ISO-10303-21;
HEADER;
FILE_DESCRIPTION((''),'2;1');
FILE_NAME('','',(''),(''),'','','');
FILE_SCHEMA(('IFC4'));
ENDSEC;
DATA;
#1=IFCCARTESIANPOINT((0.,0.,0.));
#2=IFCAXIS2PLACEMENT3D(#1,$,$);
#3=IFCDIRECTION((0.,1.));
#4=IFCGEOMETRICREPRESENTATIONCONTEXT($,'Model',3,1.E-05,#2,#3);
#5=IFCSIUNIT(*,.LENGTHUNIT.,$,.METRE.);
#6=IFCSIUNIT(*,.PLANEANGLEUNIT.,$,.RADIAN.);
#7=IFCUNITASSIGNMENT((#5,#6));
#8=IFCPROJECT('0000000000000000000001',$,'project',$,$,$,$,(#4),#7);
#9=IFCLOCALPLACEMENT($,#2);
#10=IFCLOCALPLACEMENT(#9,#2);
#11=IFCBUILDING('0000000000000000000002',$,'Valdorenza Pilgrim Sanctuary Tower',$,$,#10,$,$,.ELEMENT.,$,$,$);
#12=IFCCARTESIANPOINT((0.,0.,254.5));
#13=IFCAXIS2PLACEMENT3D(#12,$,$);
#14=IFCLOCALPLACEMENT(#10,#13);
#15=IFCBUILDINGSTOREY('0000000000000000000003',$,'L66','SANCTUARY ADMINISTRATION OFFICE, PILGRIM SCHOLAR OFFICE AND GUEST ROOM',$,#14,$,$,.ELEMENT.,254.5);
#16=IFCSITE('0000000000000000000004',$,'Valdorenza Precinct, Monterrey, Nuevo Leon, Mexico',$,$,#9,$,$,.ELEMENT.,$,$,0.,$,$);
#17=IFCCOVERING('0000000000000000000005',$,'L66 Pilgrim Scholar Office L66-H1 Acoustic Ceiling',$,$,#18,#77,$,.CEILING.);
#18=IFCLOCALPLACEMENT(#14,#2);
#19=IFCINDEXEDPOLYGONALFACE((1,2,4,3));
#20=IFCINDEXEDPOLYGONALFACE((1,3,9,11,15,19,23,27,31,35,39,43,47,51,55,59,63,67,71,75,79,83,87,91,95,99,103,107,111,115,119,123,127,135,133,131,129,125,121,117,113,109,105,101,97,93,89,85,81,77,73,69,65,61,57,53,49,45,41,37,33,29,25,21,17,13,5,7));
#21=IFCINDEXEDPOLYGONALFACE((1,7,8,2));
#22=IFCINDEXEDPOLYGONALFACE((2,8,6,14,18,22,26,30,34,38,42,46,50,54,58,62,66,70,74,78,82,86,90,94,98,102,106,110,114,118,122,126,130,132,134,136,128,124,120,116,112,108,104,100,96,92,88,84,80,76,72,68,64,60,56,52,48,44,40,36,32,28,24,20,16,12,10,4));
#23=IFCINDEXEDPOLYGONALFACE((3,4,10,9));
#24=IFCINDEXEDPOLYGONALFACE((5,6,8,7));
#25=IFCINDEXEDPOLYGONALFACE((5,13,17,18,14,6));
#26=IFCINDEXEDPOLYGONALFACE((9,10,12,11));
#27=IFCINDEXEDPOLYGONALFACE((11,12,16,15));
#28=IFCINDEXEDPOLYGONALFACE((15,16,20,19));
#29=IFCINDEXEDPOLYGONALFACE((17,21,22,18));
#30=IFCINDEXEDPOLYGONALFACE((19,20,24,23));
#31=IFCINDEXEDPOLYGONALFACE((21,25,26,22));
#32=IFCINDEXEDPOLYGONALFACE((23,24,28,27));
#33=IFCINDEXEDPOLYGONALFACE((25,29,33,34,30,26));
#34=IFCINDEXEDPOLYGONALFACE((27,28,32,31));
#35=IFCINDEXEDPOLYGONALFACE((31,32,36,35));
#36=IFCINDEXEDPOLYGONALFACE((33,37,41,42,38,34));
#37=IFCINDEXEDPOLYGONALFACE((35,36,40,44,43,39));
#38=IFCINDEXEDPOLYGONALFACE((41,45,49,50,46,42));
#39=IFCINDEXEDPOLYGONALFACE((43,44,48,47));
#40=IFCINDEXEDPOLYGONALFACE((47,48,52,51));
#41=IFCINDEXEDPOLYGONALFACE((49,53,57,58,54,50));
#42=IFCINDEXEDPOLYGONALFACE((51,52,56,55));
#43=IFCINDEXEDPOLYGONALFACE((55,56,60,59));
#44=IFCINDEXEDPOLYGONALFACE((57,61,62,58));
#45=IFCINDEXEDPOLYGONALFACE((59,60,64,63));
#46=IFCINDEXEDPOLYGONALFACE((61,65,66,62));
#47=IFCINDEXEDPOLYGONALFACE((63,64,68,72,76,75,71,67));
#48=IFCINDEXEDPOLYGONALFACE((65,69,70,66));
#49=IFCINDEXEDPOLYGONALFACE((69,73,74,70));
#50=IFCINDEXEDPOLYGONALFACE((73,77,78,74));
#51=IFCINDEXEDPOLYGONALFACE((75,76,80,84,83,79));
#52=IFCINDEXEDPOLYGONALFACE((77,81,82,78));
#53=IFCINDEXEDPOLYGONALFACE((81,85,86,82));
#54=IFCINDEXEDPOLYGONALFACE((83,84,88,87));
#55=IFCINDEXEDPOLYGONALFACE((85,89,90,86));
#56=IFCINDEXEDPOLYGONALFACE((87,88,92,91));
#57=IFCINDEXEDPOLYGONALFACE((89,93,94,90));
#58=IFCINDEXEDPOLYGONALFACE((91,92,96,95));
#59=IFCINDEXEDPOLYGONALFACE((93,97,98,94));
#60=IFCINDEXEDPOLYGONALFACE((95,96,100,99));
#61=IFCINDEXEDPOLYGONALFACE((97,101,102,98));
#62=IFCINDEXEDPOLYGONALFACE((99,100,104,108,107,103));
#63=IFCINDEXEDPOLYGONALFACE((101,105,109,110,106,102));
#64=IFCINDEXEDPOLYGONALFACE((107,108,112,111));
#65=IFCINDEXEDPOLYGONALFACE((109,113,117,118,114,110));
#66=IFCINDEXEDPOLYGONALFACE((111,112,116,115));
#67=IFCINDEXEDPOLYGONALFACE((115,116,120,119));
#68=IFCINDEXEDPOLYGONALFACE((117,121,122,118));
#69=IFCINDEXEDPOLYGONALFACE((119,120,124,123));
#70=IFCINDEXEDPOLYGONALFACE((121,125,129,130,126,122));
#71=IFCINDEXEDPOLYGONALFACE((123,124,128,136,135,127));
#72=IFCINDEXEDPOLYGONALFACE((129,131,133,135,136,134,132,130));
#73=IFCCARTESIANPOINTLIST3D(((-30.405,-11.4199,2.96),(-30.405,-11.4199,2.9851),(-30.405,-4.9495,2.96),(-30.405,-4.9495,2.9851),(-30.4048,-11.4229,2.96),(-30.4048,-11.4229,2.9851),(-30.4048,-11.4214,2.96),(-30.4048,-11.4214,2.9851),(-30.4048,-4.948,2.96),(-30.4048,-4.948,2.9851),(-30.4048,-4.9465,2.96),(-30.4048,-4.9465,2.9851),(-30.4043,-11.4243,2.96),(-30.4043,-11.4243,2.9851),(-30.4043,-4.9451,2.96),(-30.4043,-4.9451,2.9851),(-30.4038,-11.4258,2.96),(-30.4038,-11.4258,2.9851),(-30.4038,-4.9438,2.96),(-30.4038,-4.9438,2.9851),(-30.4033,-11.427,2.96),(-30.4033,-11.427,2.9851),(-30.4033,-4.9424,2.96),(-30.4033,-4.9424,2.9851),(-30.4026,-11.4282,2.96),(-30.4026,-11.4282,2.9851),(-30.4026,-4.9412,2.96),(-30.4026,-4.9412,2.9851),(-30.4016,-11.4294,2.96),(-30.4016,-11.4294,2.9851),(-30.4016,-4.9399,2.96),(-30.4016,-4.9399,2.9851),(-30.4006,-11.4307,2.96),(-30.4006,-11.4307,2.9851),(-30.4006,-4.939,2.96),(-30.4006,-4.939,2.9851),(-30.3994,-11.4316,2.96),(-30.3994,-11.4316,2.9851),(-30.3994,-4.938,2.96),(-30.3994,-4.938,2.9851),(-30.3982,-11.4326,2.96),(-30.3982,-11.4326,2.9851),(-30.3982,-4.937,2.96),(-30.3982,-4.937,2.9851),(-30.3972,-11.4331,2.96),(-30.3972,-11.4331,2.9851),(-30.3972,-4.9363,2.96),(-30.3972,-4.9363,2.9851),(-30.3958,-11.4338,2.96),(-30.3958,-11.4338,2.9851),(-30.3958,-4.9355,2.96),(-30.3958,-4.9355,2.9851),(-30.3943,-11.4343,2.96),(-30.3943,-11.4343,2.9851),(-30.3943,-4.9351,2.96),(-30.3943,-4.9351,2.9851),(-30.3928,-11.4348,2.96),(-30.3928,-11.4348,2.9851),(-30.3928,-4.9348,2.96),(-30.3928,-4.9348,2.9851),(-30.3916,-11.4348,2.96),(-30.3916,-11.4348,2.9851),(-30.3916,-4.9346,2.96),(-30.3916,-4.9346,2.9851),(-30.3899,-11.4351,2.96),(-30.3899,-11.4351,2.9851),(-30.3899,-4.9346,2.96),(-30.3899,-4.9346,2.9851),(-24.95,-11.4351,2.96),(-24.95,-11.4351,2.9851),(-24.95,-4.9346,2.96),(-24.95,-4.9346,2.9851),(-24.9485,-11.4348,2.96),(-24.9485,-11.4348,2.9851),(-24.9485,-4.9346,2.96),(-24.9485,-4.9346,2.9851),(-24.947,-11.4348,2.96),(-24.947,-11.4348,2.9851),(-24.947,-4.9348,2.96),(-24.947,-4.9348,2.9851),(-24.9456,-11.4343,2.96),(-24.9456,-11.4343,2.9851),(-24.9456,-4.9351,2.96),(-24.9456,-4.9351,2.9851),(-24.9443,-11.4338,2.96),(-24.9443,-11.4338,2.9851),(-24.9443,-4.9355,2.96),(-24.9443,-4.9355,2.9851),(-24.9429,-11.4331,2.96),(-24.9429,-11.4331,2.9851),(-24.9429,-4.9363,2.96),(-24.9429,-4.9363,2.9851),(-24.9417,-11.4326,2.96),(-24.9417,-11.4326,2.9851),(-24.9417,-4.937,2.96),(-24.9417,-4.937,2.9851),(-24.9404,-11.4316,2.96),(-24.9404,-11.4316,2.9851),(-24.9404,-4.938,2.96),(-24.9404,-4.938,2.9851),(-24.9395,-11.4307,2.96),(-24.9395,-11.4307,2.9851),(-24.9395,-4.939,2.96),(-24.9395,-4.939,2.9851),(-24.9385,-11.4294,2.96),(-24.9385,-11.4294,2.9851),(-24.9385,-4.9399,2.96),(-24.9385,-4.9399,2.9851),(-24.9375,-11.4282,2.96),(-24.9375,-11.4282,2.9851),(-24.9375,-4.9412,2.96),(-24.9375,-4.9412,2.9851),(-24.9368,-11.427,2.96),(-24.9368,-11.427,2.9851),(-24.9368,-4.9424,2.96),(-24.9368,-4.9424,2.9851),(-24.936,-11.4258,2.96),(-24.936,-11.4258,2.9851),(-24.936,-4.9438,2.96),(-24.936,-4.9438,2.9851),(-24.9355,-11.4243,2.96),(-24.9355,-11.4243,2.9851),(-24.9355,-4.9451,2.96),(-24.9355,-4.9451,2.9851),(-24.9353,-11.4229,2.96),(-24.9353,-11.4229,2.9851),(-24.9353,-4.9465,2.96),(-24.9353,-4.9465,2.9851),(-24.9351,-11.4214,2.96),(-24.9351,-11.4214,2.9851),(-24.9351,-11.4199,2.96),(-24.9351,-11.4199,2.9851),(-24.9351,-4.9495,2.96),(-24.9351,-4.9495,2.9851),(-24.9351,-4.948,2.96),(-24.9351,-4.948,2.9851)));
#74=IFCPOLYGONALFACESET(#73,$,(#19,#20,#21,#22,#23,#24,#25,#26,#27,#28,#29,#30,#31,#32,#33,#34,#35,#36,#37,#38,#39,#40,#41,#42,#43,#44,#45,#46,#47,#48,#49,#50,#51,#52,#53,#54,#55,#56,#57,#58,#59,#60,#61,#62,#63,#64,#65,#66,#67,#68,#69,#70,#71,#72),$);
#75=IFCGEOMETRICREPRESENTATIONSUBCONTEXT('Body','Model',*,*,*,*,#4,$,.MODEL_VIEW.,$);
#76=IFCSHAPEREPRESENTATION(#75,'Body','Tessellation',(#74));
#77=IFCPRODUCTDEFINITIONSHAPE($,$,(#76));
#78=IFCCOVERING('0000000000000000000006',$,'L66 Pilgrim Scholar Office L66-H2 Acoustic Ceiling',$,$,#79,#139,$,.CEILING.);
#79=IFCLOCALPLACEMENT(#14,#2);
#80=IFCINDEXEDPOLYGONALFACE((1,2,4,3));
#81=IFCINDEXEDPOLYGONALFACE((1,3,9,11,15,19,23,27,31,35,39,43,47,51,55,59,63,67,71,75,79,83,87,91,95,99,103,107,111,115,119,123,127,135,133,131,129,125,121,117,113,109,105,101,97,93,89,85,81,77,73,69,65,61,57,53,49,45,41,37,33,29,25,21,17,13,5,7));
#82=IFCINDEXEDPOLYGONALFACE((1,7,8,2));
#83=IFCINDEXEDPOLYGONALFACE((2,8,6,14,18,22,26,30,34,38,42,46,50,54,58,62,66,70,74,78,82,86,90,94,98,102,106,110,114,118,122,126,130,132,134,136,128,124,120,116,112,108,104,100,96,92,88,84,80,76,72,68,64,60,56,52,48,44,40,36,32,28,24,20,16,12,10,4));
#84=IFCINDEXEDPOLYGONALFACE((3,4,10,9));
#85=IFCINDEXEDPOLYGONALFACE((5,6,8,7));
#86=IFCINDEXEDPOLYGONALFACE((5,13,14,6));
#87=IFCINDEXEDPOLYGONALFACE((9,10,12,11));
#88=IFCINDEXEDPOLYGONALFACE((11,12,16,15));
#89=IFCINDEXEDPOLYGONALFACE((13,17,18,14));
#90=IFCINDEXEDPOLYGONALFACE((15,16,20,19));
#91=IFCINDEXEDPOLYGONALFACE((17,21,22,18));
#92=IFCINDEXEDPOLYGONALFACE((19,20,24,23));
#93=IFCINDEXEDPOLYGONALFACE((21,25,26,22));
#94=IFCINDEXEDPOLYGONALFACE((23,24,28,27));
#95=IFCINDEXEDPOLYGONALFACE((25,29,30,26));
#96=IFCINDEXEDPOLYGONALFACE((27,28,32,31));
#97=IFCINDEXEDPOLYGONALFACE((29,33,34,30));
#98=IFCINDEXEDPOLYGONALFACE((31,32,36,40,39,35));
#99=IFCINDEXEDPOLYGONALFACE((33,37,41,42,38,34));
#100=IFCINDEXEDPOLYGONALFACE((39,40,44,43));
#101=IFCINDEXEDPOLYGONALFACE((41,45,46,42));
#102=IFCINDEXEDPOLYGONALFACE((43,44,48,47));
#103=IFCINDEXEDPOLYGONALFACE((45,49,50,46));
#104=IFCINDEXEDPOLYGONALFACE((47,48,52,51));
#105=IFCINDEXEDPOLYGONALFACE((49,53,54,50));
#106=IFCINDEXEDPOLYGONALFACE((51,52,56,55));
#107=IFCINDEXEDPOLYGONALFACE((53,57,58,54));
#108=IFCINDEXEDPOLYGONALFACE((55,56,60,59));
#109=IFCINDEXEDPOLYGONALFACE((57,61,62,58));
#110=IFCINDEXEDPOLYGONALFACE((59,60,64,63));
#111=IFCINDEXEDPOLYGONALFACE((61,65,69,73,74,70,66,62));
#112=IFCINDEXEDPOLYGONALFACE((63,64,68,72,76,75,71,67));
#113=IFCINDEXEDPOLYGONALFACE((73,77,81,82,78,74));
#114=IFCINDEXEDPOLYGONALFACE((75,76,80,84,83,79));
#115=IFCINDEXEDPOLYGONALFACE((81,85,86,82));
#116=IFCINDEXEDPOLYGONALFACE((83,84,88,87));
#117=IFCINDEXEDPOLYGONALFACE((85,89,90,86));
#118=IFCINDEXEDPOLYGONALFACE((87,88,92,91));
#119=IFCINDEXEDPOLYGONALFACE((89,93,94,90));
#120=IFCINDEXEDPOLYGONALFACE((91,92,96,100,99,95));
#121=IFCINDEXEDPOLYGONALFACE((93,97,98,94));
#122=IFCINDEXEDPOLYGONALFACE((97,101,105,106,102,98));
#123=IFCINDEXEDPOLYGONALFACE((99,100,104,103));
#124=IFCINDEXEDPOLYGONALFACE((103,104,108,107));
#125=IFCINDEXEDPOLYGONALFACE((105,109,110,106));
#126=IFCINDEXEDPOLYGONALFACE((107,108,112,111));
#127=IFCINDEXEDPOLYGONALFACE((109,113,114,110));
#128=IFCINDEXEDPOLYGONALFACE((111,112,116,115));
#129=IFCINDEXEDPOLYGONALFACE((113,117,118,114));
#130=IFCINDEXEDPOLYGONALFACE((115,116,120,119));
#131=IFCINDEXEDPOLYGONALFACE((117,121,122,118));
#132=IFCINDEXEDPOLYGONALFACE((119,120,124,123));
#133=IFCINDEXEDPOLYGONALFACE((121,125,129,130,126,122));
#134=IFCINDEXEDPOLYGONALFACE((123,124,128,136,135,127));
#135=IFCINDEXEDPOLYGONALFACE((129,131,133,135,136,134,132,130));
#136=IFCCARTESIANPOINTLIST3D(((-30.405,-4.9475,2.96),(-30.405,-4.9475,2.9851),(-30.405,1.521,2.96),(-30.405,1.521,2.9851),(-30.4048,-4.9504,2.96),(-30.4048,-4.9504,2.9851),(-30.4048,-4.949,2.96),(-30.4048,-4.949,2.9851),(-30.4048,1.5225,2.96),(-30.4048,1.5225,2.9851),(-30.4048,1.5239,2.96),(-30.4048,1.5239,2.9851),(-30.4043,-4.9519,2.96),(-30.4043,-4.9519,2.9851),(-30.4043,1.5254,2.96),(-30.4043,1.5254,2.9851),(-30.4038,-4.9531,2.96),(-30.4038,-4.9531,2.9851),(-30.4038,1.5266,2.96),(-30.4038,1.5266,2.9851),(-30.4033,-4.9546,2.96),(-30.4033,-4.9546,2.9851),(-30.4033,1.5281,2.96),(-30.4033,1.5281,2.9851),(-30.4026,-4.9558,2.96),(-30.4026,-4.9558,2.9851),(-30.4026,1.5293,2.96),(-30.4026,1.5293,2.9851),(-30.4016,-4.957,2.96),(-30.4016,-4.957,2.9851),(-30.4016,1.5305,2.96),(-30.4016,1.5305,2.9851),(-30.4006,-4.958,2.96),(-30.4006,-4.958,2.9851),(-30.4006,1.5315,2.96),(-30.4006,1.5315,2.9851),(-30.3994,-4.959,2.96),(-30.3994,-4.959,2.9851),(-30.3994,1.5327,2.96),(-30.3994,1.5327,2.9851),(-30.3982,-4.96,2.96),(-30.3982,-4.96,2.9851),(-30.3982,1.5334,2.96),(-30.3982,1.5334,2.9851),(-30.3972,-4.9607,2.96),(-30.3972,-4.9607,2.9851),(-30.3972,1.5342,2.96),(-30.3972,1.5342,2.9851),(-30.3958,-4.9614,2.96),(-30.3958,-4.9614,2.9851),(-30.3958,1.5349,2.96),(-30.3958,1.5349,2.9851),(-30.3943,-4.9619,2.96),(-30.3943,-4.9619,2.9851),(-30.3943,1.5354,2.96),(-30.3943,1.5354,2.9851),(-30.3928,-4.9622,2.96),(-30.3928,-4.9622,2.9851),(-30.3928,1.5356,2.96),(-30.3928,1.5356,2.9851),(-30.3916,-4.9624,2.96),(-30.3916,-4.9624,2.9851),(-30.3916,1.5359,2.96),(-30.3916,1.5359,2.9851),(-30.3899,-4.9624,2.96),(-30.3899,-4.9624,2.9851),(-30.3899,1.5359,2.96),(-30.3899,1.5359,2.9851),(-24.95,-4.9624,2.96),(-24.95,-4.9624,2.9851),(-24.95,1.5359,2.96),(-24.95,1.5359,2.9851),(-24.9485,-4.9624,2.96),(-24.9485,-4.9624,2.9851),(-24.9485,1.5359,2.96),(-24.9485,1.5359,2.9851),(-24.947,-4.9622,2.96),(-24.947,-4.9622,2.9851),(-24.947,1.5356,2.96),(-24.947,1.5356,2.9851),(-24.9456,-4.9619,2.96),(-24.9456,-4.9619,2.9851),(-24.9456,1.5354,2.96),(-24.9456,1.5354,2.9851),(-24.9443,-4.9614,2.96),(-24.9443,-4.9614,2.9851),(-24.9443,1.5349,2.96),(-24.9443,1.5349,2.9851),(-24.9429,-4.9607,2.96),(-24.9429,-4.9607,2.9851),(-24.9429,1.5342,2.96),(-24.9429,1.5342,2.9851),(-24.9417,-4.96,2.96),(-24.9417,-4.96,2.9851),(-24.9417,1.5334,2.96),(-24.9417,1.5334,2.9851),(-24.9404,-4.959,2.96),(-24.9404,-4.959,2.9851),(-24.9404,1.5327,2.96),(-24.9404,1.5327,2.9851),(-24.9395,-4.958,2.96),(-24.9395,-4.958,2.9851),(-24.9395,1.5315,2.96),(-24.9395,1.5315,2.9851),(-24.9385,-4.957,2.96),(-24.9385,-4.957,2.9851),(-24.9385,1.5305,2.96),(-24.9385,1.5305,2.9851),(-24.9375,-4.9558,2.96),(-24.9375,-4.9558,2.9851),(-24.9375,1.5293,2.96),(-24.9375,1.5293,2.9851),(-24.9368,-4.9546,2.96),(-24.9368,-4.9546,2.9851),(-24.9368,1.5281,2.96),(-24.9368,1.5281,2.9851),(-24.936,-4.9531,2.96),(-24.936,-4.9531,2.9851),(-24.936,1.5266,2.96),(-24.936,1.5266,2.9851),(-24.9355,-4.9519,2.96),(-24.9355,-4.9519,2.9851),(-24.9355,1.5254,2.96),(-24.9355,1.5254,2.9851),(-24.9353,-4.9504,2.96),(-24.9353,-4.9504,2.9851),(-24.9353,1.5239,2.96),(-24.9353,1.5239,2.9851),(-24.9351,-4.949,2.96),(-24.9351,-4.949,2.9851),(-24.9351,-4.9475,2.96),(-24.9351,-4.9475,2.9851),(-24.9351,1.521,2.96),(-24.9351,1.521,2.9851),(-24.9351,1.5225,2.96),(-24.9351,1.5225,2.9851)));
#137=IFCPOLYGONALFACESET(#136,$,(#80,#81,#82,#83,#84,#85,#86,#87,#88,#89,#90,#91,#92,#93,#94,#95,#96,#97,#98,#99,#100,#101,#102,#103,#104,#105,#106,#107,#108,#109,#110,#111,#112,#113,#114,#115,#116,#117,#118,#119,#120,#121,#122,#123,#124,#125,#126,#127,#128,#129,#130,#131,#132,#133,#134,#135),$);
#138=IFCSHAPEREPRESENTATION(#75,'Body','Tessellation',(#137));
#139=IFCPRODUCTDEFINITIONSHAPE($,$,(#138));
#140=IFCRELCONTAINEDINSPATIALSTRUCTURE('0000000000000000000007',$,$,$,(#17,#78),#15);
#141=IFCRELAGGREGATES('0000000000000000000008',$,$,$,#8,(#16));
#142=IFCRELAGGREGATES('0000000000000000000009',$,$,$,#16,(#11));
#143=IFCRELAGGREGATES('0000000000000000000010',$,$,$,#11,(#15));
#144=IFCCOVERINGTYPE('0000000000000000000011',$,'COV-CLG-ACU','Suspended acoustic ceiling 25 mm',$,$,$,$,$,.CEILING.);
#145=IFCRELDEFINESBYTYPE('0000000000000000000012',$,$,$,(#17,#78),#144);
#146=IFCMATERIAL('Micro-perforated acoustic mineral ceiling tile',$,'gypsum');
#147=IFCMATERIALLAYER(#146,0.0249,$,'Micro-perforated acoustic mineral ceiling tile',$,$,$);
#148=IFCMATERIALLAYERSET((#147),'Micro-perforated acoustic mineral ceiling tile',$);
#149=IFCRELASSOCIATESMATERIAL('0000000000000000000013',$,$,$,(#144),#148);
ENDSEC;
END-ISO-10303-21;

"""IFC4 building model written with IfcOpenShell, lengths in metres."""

from ifc_helpers import new_model, si_unit, direction, frame, origin, place, context, subcontext, project, spatial, polyline, outline, extrude, material, layer, layer_set, type_object, element, save


model = new_model("IFC4")

# Units and contexts
model_context = context("Model", 3, precision=1e-05, world=origin(), true_north=direction((0.0, 1.0)))
body_context = subcontext(model_context, "Body", "Model", "MODEL_VIEW")
ifc_project = project(units=[si_unit("LENGTHUNIT", "METRE"), si_unit("PLANEANGLEUNIT", "RADIAN")], contexts=[model_context])

# Site, building, storey
site_placement = place(None, origin())
site = spatial("IfcSite", under=ifc_project, at=site_placement, Name="Valdorenza Precinct, Monterrey, Nuevo Leon, Mexico", CompositionType="ELEMENT", RefElevation=0.0)
building_placement = place(site_placement, origin())
building = spatial("IfcBuilding", under=site, at=building_placement, Name="Valdorenza Pilgrim Sanctuary Tower", CompositionType="ELEMENT")
storey_placement = place(building_placement, frame((0.0, 0.0, 254.5)))
storey = spatial("IfcBuildingStorey", under=building, at=storey_placement, Name="L66", Description="SANCTUARY ADMINISTRATION OFFICE, PILGRIM SCHOLAR OFFICE AND GUEST ROOM", CompositionType="ELEMENT", Elevation=254.5)

# Coverings
ifc_material_1 = material(Name="Micro-perforated acoustic mineral ceiling tile", Category="gypsum")
ifc_layer_1 = layer(ifc_material_1, 0.0249, Name="Micro-perforated acoustic mineral ceiling tile")
ifc_layer_set_1 = layer_set([ifc_layer_1], Name="Micro-perforated acoustic mineral ceiling tile")
covering_type_1 = type_object("IfcCoveringType", Name="COV-CLG-ACU", Description="Suspended acoustic ceiling 25 mm", PredefinedType="CEILING", material=ifc_layer_set_1)
covering_1_placement = place(storey_placement, frame((0.0, 0.0, 2.96)))
element("IfcCovering", 1, at=covering_1_placement, inside=storey, type_object=covering_type_1, Name="L66 Pilgrim Scholar Office L66-H1 Acoustic Ceiling", PredefinedType="CEILING", context=body_context, shape_type="SweptSolid", body=[
    extrude(outline(polyline([(-24.9351, -11.4199), (-24.9351, -11.4214), (-24.9353, -11.4229), (-24.9355, -11.4243), (-24.936, -11.4258), (-24.9368, -11.427), (-24.9375, -11.4282), (-24.9385, -11.4294), (-24.9395, -11.4307), (-24.9404, -11.4316), (-24.9417, -11.4326), (-24.9429, -11.4331), (-24.9443, -11.4338), (-24.9456, -11.4343), (-24.947, -11.4348), (-24.9485, -11.4348), (-24.95, -11.4351), (-30.3899, -11.4351), (-30.3916, -11.4348), (-30.3928, -11.4348), (-30.3943, -11.4343), (-30.3958, -11.4338), (-30.3972, -11.4331), (-30.3982, -11.4326), (-30.3994, -11.4316), (-30.4006, -11.4307), (-30.4016, -11.4294), (-30.4026, -11.4282), (-30.4033, -11.427), (-30.4038, -11.4258), (-30.4043, -11.4243), (-30.4048, -11.4229), (-30.4048, -11.4214), (-30.405, -11.4199), (-30.405, -4.9495), (-30.4048, -4.948), (-30.4048, -4.9465), (-30.4043, -4.9451), (-30.4038, -4.9438), (-30.4033, -4.9424), (-30.4026, -4.9412), (-30.4016, -4.9399), (-30.4006, -4.939), (-30.3994, -4.938), (-30.3982, -4.937), (-30.3972, -4.9363), (-30.3958, -4.9355), (-30.3943, -4.9351), (-30.3928, -4.9348), (-30.3916, -4.9346), (-30.3899, -4.9346), (-24.95, -4.9346), (-24.9485, -4.9346), (-24.947, -4.9348), (-24.9456, -4.9351), (-24.9443, -4.9355), (-24.9429, -4.9363), (-24.9417, -4.937), (-24.9404, -4.938), (-24.9395, -4.939), (-24.9385, -4.9399), (-24.9375, -4.9412), (-24.9368, -4.9424), (-24.936, -4.9438), (-24.9355, -4.9451), (-24.9353, -4.9465), (-24.9351, -4.948), (-24.9351, -4.9495), (-24.9351, -11.4199)])), origin(), (0.0, 0.0, 1.0), 0.0251),
])
covering_2_placement = place(storey_placement, frame((0.0, 0.0, 2.96)))
element("IfcCovering", 2, at=covering_2_placement, inside=storey, type_object=covering_type_1, Name="L66 Pilgrim Scholar Office L66-H2 Acoustic Ceiling", PredefinedType="CEILING", context=body_context, shape_type="SweptSolid", body=[
    extrude(outline(polyline([(-24.9351, -4.9475), (-24.9351, -4.949), (-24.9353, -4.9504), (-24.9355, -4.9519), (-24.936, -4.9531), (-24.9368, -4.9546), (-24.9375, -4.9558), (-24.9385, -4.957), (-24.9395, -4.958), (-24.9404, -4.959), (-24.9417, -4.96), (-24.9429, -4.9607), (-24.9443, -4.9614), (-24.9456, -4.9619), (-24.947, -4.9622), (-24.9485, -4.9624), (-24.95, -4.9624), (-30.3899, -4.9624), (-30.3916, -4.9624), (-30.3928, -4.9622), (-30.3943, -4.9619), (-30.3958, -4.9614), (-30.3972, -4.9607), (-30.3982, -4.96), (-30.3994, -4.959), (-30.4006, -4.958), (-30.4016, -4.957), (-30.4026, -4.9558), (-30.4033, -4.9546), (-30.4038, -4.9531), (-30.4043, -4.9519), (-30.4048, -4.9504), (-30.4048, -4.949), (-30.405, -4.9475), (-30.405, 1.521), (-30.4048, 1.5225), (-30.4048, 1.5239), (-30.4043, 1.5254), (-30.4038, 1.5266), (-30.4033, 1.5281), (-30.4026, 1.5293), (-30.4016, 1.5305), (-30.4006, 1.5315), (-30.3994, 1.5327), (-30.3982, 1.5334), (-30.3972, 1.5342), (-30.3958, 1.5349), (-30.3943, 1.5354), (-30.3928, 1.5356), (-30.3916, 1.5359), (-30.3899, 1.5359), (-24.95, 1.5359), (-24.9485, 1.5359), (-24.947, 1.5356), (-24.9456, 1.5354), (-24.9443, 1.5349), (-24.9429, 1.5342), (-24.9417, 1.5334), (-24.9404, 1.5327), (-24.9395, 1.5315), (-24.9385, 1.5305), (-24.9375, 1.5293), (-24.9368, 1.5281), (-24.936, 1.5266), (-24.9355, 1.5254), (-24.9353, 1.5239), (-24.9351, 1.5225), (-24.9351, 1.521), (-24.9351, -4.9475)])), origin(), (0.0, 0.0, 1.0), 0.0251),
])

save(model, "model.ifc")
